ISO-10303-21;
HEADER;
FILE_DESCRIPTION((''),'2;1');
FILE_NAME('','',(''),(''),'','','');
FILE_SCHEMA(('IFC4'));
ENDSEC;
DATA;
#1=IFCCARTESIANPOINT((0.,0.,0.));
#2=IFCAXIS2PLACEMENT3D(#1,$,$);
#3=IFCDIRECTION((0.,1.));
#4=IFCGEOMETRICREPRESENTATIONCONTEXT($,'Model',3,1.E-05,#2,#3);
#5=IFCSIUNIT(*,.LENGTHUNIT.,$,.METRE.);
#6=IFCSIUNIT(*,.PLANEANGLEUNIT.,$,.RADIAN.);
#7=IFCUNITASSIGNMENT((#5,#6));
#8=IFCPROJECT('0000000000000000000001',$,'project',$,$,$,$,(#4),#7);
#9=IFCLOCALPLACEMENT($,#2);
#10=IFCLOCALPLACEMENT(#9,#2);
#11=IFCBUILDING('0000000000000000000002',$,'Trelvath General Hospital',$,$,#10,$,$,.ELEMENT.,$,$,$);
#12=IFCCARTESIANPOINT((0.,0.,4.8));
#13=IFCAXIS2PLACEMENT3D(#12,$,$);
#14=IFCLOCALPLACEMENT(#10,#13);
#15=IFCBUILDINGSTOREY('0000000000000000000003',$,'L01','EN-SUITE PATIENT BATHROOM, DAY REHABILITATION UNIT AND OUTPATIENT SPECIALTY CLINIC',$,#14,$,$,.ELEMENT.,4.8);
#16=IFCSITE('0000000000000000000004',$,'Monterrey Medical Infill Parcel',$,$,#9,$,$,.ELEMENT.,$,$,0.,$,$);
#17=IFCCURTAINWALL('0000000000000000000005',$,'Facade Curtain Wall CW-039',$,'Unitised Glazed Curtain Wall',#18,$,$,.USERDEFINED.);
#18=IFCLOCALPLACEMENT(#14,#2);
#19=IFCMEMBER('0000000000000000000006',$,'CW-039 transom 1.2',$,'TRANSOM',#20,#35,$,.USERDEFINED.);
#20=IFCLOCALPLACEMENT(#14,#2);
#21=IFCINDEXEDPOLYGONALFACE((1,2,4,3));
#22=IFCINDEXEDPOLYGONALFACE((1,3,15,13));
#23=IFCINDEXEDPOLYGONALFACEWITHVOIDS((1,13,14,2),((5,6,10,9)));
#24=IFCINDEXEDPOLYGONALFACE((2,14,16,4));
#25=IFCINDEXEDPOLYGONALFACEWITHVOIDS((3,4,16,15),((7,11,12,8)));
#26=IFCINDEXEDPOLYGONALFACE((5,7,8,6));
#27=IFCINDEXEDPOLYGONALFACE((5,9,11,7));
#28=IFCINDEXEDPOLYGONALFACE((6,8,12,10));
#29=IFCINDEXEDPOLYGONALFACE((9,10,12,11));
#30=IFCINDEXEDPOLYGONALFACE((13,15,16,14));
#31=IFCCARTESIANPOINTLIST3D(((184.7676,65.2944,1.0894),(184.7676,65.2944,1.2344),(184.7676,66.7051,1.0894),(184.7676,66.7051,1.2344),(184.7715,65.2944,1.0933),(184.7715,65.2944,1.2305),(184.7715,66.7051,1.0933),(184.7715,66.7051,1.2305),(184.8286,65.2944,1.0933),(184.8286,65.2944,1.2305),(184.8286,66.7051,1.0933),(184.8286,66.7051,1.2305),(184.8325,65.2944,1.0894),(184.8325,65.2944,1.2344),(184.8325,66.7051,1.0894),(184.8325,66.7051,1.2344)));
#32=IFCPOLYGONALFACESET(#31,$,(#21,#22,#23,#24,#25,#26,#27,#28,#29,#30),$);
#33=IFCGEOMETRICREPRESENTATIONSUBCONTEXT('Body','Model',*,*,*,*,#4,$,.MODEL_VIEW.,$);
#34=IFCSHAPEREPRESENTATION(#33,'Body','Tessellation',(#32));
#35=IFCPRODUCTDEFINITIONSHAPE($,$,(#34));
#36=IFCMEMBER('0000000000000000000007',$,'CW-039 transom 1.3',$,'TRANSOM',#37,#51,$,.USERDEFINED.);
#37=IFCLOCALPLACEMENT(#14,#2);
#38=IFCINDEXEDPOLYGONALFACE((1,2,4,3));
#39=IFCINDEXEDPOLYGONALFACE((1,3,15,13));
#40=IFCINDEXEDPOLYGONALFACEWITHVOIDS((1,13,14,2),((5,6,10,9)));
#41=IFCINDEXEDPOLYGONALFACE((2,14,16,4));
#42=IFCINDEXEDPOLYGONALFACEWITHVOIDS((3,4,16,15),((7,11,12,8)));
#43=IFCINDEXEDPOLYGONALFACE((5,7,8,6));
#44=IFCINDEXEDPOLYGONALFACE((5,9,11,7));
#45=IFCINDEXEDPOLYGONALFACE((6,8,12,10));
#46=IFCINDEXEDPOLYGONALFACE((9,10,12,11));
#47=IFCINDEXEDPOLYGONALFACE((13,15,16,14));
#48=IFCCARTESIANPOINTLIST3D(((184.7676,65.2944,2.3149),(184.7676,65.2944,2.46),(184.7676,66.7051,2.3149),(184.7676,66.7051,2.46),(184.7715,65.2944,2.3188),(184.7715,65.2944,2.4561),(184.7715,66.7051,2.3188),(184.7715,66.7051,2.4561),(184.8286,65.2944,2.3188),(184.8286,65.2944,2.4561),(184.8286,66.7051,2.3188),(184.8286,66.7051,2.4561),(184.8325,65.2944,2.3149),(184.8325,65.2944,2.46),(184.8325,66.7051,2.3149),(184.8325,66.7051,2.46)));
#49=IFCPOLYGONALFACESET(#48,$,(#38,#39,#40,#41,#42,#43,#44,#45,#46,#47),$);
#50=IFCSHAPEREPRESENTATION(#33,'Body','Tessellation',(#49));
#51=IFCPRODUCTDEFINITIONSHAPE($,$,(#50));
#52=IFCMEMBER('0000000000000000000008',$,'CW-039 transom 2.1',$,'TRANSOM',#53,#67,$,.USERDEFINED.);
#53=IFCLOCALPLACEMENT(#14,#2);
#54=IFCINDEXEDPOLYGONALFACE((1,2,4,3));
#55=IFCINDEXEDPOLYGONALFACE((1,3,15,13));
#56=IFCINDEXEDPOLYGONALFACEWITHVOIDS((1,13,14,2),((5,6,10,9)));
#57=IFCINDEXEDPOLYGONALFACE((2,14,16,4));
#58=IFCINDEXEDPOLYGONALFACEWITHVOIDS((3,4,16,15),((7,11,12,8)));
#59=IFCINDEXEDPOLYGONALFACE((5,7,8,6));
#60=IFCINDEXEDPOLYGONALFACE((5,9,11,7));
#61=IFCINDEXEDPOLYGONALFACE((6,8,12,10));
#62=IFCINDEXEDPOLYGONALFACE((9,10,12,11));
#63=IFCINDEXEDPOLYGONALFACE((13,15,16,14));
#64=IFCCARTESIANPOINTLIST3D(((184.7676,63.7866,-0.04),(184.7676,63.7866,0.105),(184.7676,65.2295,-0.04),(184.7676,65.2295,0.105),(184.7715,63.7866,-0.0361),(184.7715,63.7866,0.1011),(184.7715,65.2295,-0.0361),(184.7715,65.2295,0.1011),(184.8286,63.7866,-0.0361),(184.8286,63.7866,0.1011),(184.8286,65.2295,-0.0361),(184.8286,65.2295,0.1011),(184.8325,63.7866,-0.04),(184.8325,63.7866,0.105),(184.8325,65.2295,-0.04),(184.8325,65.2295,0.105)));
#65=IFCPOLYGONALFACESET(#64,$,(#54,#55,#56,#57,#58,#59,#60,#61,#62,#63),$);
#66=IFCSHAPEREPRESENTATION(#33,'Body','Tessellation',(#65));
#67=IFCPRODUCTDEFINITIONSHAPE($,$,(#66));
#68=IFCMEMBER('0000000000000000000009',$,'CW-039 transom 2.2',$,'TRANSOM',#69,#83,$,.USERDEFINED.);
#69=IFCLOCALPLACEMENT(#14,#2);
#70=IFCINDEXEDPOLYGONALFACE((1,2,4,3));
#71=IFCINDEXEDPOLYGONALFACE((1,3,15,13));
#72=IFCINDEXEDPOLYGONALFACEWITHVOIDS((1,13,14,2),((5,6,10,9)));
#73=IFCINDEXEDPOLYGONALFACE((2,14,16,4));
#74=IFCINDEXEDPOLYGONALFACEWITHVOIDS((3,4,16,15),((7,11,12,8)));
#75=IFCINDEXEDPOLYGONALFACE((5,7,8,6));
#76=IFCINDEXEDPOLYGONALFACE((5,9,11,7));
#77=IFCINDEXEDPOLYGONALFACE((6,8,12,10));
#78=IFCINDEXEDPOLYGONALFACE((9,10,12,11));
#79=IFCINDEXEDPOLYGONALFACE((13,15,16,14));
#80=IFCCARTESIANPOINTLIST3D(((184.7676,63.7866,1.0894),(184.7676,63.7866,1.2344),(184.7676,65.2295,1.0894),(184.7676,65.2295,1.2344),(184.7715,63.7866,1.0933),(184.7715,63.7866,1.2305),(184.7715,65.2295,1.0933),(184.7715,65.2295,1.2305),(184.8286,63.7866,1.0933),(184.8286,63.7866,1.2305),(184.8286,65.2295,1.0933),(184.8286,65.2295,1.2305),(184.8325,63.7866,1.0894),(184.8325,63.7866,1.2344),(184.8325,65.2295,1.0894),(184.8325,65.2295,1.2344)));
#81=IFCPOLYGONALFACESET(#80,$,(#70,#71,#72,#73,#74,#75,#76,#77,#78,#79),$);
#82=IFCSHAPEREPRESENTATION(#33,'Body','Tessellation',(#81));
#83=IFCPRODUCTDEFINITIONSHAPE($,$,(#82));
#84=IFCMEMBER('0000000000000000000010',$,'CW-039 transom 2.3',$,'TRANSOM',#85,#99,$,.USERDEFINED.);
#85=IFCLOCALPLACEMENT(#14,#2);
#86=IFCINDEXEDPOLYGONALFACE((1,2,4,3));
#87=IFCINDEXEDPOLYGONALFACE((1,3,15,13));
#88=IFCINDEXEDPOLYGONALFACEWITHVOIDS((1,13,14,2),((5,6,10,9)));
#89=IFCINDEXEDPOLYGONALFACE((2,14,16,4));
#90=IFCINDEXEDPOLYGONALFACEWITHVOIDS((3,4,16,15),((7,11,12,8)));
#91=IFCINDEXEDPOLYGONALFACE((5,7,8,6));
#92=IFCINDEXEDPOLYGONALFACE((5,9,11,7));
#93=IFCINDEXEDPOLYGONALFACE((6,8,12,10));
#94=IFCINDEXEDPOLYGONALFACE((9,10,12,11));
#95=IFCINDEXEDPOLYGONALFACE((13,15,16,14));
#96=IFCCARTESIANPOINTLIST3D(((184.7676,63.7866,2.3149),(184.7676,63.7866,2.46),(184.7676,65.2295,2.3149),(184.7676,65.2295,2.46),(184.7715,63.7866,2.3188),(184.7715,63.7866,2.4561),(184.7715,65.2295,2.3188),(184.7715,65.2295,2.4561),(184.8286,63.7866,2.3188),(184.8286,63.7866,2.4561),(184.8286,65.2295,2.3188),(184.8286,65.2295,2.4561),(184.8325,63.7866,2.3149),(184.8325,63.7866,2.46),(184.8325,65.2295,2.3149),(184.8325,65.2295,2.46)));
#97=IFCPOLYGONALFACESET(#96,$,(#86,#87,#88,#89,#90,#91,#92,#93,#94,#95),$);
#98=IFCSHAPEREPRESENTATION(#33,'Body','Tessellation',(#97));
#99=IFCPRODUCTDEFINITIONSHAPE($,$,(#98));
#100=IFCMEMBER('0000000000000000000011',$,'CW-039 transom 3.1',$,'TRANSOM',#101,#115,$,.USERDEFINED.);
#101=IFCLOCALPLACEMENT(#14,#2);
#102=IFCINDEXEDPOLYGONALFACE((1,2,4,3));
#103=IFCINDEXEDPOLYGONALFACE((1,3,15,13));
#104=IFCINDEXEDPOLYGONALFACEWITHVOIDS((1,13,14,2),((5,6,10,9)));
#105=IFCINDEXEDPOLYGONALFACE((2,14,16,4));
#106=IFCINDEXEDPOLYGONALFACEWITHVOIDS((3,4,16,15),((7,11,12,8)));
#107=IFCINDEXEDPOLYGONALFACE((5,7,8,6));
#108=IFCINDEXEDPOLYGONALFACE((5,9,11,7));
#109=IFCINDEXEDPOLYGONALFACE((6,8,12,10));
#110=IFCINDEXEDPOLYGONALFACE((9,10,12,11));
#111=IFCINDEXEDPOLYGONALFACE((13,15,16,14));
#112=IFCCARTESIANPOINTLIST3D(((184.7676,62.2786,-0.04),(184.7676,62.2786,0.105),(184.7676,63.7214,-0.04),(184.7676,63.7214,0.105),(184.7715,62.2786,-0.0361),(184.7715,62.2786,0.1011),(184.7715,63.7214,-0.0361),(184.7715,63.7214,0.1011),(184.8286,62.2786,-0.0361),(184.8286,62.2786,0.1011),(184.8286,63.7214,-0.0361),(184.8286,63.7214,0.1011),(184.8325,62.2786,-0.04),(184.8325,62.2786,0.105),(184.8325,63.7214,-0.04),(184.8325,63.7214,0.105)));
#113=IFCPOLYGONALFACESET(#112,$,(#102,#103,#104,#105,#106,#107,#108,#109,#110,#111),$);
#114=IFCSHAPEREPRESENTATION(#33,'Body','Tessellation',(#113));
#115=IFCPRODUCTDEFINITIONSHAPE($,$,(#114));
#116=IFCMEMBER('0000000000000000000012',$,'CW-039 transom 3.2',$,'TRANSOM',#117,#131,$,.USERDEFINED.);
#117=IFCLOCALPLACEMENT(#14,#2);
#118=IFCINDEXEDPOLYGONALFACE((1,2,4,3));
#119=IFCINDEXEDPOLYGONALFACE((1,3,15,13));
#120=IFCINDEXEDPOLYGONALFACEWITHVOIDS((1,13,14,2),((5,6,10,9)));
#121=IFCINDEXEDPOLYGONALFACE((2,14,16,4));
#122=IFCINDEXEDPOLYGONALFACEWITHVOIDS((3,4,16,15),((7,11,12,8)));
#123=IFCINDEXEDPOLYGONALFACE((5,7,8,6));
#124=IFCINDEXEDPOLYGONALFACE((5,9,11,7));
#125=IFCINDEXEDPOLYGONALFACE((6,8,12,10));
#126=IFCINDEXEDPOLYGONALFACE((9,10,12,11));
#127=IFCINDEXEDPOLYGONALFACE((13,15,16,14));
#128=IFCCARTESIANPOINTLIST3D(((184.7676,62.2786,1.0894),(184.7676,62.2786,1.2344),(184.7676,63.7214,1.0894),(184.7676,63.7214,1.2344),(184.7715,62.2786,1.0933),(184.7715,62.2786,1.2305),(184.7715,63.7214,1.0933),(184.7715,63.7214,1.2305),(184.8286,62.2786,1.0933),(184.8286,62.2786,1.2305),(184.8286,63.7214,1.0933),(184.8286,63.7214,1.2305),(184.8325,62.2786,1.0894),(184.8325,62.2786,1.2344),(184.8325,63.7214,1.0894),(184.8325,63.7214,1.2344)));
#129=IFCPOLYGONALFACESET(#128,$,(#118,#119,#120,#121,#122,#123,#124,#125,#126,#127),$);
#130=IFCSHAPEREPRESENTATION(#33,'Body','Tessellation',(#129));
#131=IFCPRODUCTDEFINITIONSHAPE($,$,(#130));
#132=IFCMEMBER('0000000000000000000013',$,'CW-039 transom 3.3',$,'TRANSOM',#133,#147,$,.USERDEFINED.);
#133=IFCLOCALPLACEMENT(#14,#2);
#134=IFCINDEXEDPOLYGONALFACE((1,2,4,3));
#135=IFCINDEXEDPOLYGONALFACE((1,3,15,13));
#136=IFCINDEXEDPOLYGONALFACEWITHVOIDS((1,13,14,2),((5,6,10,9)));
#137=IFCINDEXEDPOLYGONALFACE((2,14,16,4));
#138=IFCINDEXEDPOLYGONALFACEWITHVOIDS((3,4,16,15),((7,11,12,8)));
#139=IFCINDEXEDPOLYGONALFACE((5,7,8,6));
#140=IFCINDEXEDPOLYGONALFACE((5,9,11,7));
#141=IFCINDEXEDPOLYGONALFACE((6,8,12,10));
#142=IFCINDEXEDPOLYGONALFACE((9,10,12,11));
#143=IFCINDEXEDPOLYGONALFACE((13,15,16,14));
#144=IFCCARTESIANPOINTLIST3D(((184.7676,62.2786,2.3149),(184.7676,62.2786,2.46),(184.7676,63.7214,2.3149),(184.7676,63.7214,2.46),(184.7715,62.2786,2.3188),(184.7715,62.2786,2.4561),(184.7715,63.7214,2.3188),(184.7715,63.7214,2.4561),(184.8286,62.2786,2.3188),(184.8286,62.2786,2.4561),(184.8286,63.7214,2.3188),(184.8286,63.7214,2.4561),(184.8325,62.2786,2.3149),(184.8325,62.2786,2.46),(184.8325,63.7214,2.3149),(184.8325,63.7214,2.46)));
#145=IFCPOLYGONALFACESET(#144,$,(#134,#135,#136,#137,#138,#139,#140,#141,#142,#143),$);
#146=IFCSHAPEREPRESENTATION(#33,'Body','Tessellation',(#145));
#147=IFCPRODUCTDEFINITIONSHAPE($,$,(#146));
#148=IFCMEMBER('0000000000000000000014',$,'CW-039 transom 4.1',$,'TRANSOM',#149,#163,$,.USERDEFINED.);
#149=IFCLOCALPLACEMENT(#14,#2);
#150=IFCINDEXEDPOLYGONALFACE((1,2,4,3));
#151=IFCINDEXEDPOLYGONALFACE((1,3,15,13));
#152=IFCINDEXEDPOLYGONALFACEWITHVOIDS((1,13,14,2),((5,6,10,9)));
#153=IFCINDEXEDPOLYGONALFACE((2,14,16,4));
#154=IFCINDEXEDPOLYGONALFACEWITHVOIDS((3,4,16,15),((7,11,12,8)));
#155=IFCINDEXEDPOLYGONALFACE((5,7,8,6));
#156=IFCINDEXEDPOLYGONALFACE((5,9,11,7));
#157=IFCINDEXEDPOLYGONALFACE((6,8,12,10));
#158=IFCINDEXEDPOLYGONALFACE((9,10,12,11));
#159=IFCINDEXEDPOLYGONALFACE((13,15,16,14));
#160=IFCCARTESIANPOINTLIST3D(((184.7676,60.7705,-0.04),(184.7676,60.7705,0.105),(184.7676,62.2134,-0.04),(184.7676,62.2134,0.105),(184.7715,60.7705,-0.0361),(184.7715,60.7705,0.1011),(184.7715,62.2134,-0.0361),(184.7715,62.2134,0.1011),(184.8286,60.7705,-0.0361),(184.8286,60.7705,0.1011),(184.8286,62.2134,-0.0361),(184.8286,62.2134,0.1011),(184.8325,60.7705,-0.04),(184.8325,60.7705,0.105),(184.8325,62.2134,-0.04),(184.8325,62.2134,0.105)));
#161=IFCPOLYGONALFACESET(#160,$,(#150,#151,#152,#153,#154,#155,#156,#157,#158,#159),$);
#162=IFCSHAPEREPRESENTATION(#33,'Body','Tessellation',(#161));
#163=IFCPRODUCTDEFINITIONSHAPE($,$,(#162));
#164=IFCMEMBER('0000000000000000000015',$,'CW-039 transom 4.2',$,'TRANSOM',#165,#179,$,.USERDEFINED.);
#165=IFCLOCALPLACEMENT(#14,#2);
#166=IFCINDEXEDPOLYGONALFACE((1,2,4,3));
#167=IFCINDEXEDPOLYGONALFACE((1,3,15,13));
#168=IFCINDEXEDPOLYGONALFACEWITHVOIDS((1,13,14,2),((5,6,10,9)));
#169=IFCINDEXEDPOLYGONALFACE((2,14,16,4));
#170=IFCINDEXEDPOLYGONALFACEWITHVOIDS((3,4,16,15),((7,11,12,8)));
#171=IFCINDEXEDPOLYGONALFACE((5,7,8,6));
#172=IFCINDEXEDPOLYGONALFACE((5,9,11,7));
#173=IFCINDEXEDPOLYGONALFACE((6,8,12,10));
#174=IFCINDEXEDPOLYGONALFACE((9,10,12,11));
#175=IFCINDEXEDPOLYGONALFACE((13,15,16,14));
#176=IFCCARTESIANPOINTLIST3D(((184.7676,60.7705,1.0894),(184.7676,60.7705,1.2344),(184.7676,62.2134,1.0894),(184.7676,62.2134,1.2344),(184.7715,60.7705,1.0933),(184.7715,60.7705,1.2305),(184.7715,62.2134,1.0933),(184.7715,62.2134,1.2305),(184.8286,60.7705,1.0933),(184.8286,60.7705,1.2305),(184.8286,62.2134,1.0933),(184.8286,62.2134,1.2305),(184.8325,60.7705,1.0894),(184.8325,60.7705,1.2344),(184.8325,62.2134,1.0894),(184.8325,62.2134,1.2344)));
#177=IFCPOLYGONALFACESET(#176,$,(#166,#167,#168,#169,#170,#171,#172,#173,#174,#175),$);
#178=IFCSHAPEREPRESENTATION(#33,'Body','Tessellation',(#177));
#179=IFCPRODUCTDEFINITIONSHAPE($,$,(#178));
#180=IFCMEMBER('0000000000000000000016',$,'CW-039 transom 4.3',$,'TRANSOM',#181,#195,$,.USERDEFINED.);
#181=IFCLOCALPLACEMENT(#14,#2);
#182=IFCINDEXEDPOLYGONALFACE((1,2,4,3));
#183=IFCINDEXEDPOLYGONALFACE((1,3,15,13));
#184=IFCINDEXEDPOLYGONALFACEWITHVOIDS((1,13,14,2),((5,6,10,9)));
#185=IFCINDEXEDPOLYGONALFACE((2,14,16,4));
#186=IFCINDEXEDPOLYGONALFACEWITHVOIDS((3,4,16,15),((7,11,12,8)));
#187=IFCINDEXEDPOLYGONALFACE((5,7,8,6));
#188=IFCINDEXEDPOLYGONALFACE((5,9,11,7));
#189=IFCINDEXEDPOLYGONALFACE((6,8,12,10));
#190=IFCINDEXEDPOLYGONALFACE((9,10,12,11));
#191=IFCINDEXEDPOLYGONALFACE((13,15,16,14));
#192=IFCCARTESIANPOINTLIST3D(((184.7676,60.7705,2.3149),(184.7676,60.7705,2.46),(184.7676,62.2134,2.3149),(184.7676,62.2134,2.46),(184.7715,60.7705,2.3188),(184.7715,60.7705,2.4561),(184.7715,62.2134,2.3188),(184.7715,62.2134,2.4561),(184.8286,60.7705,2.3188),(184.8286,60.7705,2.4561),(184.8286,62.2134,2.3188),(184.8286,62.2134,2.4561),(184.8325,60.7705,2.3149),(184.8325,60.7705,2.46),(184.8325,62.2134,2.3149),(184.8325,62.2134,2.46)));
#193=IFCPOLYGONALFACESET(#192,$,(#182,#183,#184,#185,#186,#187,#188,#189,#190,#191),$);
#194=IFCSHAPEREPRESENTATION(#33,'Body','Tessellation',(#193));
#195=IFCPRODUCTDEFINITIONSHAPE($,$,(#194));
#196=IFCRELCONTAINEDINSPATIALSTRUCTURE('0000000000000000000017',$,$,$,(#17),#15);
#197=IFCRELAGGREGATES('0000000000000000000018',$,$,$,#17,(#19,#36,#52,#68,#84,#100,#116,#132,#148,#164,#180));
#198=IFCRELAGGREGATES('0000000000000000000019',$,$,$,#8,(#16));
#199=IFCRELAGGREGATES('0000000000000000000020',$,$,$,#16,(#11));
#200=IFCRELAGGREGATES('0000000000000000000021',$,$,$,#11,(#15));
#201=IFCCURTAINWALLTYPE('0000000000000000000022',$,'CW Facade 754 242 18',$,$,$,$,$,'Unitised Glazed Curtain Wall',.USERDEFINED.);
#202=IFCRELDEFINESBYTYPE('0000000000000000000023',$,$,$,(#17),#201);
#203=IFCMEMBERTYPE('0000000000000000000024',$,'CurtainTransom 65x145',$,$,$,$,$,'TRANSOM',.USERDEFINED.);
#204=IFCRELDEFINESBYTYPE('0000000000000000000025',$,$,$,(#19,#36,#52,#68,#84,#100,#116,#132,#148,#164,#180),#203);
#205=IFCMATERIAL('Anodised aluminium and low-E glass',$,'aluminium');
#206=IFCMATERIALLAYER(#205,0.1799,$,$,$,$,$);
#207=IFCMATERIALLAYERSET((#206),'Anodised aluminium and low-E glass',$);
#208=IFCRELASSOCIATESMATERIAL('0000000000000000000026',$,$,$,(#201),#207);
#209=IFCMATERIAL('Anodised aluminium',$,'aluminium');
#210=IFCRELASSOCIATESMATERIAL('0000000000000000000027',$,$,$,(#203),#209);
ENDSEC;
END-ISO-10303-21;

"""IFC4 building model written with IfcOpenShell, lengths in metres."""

from ifc_helpers import new_model, si_unit, direction, frame, origin, origin_2d, place, context, subcontext, project, spatial, hollow_rectangle, extrude, material, layer, layer_set, material_profile, profile_set, type_object, element, aggregate, save


model = new_model("IFC4")

# Units and contexts
model_context = context("Model", 3, precision=1e-05, world=origin(), true_north=direction((0.0, 1.0)))
body_context = subcontext(model_context, "Body", "Model", "MODEL_VIEW")
ifc_project = project(units=[si_unit("LENGTHUNIT", "METRE"), si_unit("PLANEANGLEUNIT", "RADIAN")], contexts=[model_context])

# Site, building, storey
site_placement = place(None, origin())
site = spatial("IfcSite", under=ifc_project, at=site_placement, Name="Monterrey Medical Infill Parcel", CompositionType="ELEMENT", RefElevation=0.0)
building_placement = place(site_placement, origin())
building = spatial("IfcBuilding", under=site, at=building_placement, Name="Trelvath General Hospital", CompositionType="ELEMENT")
storey_placement = place(building_placement, frame((0.0, 0.0, 4.8)))
storey = spatial("IfcBuildingStorey", under=building, at=storey_placement, Name="L01", Description="EN-SUITE PATIENT BATHROOM, DAY REHABILITATION UNIT AND OUTPATIENT SPECIALTY CLINIC", CompositionType="ELEMENT", Elevation=4.8)

# Shared definitions
ifc_material_1 = material(Name="Anodised aluminium and low-E glass", Category="aluminium")
ifc_layer_1 = layer(ifc_material_1, 0.1799)
ifc_layer_set_1 = layer_set([ifc_layer_1], Name="Anodised aluminium and low-E glass")
curtain_wall_type = type_object("IfcCurtainWallType", Name="CW Facade 754 242 18", ElementType="Unitised Glazed Curtain Wall", PredefinedType="USERDEFINED", material=ifc_layer_set_1)

# Curtain wall
curtain_wall_1_placement = place(storey_placement, origin())
curtain_wall_1 = element("IfcCurtainWall", 1, at=curtain_wall_1_placement, inside=storey, type_object=curtain_wall_type, Name="Facade Curtain Wall CW-039", ObjectType="Unitised Glazed Curtain Wall", PredefinedType="USERDEFINED")

# Members
ifc_material_2 = material(Name="Anodised aluminium", Category="aluminium")
ifc_material_profile_1 = material_profile(ifc_material_2, hollow_rectangle(XDim=0.0649, YDim=0.145, WallThickness=0.0039, at=origin_2d()), Name="RHS65x145x4")
ifc_profile_set_1 = profile_set([ifc_material_profile_1], Name="Anodised aluminium")
member_type_1 = type_object("IfcMemberType", Name="CurtainTransom 65x145", ElementType="TRANSOM", PredefinedType="USERDEFINED", material=ifc_profile_set_1)
member_1_placement = place(storey_placement, frame((184.8, 66.7051, 1.1619), z_axis=(0.0, -1.0, 0.0), x_axis=(1.0, 0.0, 0.0)))
member_1 = element("IfcMember", 2, at=member_1_placement, type_object=member_type_1, Name="CW-039 transom 1.2", ObjectType="TRANSOM", PredefinedType="USERDEFINED", context=body_context, shape_type="SweptSolid", body=[
    extrude(hollow_rectangle(XDim=0.0649, YDim=0.145, WallThickness=0.0039, at=origin_2d()), origin(), (0.0, 0.0, 1.0), 1.4106),
])
member_2_placement = place(storey_placement, frame((184.8, 66.7051, 2.3875), z_axis=(0.0, -1.0, 0.0), x_axis=(1.0, 0.0, 0.0)))
member_2 = element("IfcMember", 3, at=member_2_placement, type_object=member_type_1, Name="CW-039 transom 1.3", ObjectType="TRANSOM", PredefinedType="USERDEFINED", context=body_context, shape_type="SweptSolid", body=[
    extrude(hollow_rectangle(XDim=0.0649, YDim=0.145, WallThickness=0.0039, at=origin_2d()), origin(), (0.0, 0.0, 1.0), 1.4106),
])
member_3_placement = place(storey_placement, frame((184.8, 65.2295, 0.0325), z_axis=(0.0, -1.0, 0.0), x_axis=(1.0, 0.0, 0.0)))
member_3 = element("IfcMember", 4, at=member_3_placement, type_object=member_type_1, Name="CW-039 transom 2.1", ObjectType="TRANSOM", PredefinedType="USERDEFINED", context=body_context, shape_type="SweptSolid", body=[
    extrude(hollow_rectangle(XDim=0.0649, YDim=0.145, WallThickness=0.0039, at=origin_2d()), origin(), (0.0, 0.0, 1.0), 1.4429),
])
member_4_placement = place(storey_placement, frame((184.8, 65.2295, 1.1619), z_axis=(0.0, -1.0, 0.0), x_axis=(1.0, 0.0, 0.0)))
member_4 = element("IfcMember", 5, at=member_4_placement, type_object=member_type_1, Name="CW-039 transom 2.2", ObjectType="TRANSOM", PredefinedType="USERDEFINED", context=body_context, shape_type="SweptSolid", body=[
    extrude(hollow_rectangle(XDim=0.0649, YDim=0.145, WallThickness=0.0039, at=origin_2d()), origin(), (0.0, 0.0, 1.0), 1.4429),
])
member_5_placement = place(storey_placement, frame((184.8, 65.2295, 2.3875), z_axis=(0.0, -1.0, 0.0), x_axis=(1.0, 0.0, 0.0)))
member_5 = element("IfcMember", 6, at=member_5_placement, type_object=member_type_1, Name="CW-039 transom 2.3", ObjectType="TRANSOM", PredefinedType="USERDEFINED", context=body_context, shape_type="SweptSolid", body=[
    extrude(hollow_rectangle(XDim=0.0649, YDim=0.145, WallThickness=0.0039, at=origin_2d()), origin(), (0.0, 0.0, 1.0), 1.4429),
])
member_6_placement = place(storey_placement, frame((184.8, 63.7214, 0.0325), z_axis=(0.0, -1.0, 0.0), x_axis=(1.0, 0.0, 0.0)))
member_6 = element("IfcMember", 7, at=member_6_placement, type_object=member_type_1, Name="CW-039 transom 3.1", ObjectType="TRANSOM", PredefinedType="USERDEFINED", context=body_context, shape_type="SweptSolid", body=[
    extrude(hollow_rectangle(XDim=0.0649, YDim=0.145, WallThickness=0.0039, at=origin_2d()), origin(), (0.0, 0.0, 1.0), 1.4429),
])
member_7_placement = place(storey_placement, frame((184.8, 63.7214, 1.1619), z_axis=(0.0, -1.0, 0.0), x_axis=(1.0, 0.0, 0.0)))
member_7 = element("IfcMember", 8, at=member_7_placement, type_object=member_type_1, Name="CW-039 transom 3.2", ObjectType="TRANSOM", PredefinedType="USERDEFINED", context=body_context, shape_type="SweptSolid", body=[
    extrude(hollow_rectangle(XDim=0.0649, YDim=0.145, WallThickness=0.0039, at=origin_2d()), origin(), (0.0, 0.0, 1.0), 1.4429),
])
member_8_placement = place(storey_placement, frame((184.8, 63.7214, 2.3875), z_axis=(0.0, -1.0, 0.0), x_axis=(1.0, 0.0, 0.0)))
member_8 = element("IfcMember", 9, at=member_8_placement, type_object=member_type_1, Name="CW-039 transom 3.3", ObjectType="TRANSOM", PredefinedType="USERDEFINED", context=body_context, shape_type="SweptSolid", body=[
    extrude(hollow_rectangle(XDim=0.0649, YDim=0.145, WallThickness=0.0039, at=origin_2d()), origin(), (0.0, 0.0, 1.0), 1.4429),
])
member_9_placement = place(storey_placement, frame((184.8, 62.2134, 0.0325), z_axis=(0.0, -1.0, 0.0), x_axis=(1.0, 0.0, 0.0)))
member_9 = element("IfcMember", 10, at=member_9_placement, type_object=member_type_1, Name="CW-039 transom 4.1", ObjectType="TRANSOM", PredefinedType="USERDEFINED", context=body_context, shape_type="SweptSolid", body=[
    extrude(hollow_rectangle(XDim=0.0649, YDim=0.145, WallThickness=0.0039, at=origin_2d()), origin(), (0.0, 0.0, 1.0), 1.4429),
])
member_10_placement = place(storey_placement, frame((184.8, 62.2134, 1.1619), z_axis=(0.0, -1.0, 0.0), x_axis=(1.0, 0.0, 0.0)))
member_10 = element("IfcMember", 11, at=member_10_placement, type_object=member_type_1, Name="CW-039 transom 4.2", ObjectType="TRANSOM", PredefinedType="USERDEFINED", context=body_context, shape_type="SweptSolid", body=[
    extrude(hollow_rectangle(XDim=0.0649, YDim=0.145, WallThickness=0.0039, at=origin_2d()), origin(), (0.0, 0.0, 1.0), 1.4429),
])
member_11_placement = place(storey_placement, frame((184.8, 62.2134, 2.3875), z_axis=(0.0, -1.0, 0.0), x_axis=(1.0, 0.0, 0.0)))
member_11 = element("IfcMember", 12, at=member_11_placement, type_object=member_type_1, Name="CW-039 transom 4.3", ObjectType="TRANSOM", PredefinedType="USERDEFINED", context=body_context, shape_type="SweptSolid", body=[
    extrude(hollow_rectangle(XDim=0.0649, YDim=0.145, WallThickness=0.0039, at=origin_2d()), origin(), (0.0, 0.0, 1.0), 1.4429),
])

aggregate(curtain_wall_1, [member_1, member_2, member_3, member_4, member_5, member_6, member_7, member_8, member_9, member_10, member_11])

save(model, "model.ifc")
